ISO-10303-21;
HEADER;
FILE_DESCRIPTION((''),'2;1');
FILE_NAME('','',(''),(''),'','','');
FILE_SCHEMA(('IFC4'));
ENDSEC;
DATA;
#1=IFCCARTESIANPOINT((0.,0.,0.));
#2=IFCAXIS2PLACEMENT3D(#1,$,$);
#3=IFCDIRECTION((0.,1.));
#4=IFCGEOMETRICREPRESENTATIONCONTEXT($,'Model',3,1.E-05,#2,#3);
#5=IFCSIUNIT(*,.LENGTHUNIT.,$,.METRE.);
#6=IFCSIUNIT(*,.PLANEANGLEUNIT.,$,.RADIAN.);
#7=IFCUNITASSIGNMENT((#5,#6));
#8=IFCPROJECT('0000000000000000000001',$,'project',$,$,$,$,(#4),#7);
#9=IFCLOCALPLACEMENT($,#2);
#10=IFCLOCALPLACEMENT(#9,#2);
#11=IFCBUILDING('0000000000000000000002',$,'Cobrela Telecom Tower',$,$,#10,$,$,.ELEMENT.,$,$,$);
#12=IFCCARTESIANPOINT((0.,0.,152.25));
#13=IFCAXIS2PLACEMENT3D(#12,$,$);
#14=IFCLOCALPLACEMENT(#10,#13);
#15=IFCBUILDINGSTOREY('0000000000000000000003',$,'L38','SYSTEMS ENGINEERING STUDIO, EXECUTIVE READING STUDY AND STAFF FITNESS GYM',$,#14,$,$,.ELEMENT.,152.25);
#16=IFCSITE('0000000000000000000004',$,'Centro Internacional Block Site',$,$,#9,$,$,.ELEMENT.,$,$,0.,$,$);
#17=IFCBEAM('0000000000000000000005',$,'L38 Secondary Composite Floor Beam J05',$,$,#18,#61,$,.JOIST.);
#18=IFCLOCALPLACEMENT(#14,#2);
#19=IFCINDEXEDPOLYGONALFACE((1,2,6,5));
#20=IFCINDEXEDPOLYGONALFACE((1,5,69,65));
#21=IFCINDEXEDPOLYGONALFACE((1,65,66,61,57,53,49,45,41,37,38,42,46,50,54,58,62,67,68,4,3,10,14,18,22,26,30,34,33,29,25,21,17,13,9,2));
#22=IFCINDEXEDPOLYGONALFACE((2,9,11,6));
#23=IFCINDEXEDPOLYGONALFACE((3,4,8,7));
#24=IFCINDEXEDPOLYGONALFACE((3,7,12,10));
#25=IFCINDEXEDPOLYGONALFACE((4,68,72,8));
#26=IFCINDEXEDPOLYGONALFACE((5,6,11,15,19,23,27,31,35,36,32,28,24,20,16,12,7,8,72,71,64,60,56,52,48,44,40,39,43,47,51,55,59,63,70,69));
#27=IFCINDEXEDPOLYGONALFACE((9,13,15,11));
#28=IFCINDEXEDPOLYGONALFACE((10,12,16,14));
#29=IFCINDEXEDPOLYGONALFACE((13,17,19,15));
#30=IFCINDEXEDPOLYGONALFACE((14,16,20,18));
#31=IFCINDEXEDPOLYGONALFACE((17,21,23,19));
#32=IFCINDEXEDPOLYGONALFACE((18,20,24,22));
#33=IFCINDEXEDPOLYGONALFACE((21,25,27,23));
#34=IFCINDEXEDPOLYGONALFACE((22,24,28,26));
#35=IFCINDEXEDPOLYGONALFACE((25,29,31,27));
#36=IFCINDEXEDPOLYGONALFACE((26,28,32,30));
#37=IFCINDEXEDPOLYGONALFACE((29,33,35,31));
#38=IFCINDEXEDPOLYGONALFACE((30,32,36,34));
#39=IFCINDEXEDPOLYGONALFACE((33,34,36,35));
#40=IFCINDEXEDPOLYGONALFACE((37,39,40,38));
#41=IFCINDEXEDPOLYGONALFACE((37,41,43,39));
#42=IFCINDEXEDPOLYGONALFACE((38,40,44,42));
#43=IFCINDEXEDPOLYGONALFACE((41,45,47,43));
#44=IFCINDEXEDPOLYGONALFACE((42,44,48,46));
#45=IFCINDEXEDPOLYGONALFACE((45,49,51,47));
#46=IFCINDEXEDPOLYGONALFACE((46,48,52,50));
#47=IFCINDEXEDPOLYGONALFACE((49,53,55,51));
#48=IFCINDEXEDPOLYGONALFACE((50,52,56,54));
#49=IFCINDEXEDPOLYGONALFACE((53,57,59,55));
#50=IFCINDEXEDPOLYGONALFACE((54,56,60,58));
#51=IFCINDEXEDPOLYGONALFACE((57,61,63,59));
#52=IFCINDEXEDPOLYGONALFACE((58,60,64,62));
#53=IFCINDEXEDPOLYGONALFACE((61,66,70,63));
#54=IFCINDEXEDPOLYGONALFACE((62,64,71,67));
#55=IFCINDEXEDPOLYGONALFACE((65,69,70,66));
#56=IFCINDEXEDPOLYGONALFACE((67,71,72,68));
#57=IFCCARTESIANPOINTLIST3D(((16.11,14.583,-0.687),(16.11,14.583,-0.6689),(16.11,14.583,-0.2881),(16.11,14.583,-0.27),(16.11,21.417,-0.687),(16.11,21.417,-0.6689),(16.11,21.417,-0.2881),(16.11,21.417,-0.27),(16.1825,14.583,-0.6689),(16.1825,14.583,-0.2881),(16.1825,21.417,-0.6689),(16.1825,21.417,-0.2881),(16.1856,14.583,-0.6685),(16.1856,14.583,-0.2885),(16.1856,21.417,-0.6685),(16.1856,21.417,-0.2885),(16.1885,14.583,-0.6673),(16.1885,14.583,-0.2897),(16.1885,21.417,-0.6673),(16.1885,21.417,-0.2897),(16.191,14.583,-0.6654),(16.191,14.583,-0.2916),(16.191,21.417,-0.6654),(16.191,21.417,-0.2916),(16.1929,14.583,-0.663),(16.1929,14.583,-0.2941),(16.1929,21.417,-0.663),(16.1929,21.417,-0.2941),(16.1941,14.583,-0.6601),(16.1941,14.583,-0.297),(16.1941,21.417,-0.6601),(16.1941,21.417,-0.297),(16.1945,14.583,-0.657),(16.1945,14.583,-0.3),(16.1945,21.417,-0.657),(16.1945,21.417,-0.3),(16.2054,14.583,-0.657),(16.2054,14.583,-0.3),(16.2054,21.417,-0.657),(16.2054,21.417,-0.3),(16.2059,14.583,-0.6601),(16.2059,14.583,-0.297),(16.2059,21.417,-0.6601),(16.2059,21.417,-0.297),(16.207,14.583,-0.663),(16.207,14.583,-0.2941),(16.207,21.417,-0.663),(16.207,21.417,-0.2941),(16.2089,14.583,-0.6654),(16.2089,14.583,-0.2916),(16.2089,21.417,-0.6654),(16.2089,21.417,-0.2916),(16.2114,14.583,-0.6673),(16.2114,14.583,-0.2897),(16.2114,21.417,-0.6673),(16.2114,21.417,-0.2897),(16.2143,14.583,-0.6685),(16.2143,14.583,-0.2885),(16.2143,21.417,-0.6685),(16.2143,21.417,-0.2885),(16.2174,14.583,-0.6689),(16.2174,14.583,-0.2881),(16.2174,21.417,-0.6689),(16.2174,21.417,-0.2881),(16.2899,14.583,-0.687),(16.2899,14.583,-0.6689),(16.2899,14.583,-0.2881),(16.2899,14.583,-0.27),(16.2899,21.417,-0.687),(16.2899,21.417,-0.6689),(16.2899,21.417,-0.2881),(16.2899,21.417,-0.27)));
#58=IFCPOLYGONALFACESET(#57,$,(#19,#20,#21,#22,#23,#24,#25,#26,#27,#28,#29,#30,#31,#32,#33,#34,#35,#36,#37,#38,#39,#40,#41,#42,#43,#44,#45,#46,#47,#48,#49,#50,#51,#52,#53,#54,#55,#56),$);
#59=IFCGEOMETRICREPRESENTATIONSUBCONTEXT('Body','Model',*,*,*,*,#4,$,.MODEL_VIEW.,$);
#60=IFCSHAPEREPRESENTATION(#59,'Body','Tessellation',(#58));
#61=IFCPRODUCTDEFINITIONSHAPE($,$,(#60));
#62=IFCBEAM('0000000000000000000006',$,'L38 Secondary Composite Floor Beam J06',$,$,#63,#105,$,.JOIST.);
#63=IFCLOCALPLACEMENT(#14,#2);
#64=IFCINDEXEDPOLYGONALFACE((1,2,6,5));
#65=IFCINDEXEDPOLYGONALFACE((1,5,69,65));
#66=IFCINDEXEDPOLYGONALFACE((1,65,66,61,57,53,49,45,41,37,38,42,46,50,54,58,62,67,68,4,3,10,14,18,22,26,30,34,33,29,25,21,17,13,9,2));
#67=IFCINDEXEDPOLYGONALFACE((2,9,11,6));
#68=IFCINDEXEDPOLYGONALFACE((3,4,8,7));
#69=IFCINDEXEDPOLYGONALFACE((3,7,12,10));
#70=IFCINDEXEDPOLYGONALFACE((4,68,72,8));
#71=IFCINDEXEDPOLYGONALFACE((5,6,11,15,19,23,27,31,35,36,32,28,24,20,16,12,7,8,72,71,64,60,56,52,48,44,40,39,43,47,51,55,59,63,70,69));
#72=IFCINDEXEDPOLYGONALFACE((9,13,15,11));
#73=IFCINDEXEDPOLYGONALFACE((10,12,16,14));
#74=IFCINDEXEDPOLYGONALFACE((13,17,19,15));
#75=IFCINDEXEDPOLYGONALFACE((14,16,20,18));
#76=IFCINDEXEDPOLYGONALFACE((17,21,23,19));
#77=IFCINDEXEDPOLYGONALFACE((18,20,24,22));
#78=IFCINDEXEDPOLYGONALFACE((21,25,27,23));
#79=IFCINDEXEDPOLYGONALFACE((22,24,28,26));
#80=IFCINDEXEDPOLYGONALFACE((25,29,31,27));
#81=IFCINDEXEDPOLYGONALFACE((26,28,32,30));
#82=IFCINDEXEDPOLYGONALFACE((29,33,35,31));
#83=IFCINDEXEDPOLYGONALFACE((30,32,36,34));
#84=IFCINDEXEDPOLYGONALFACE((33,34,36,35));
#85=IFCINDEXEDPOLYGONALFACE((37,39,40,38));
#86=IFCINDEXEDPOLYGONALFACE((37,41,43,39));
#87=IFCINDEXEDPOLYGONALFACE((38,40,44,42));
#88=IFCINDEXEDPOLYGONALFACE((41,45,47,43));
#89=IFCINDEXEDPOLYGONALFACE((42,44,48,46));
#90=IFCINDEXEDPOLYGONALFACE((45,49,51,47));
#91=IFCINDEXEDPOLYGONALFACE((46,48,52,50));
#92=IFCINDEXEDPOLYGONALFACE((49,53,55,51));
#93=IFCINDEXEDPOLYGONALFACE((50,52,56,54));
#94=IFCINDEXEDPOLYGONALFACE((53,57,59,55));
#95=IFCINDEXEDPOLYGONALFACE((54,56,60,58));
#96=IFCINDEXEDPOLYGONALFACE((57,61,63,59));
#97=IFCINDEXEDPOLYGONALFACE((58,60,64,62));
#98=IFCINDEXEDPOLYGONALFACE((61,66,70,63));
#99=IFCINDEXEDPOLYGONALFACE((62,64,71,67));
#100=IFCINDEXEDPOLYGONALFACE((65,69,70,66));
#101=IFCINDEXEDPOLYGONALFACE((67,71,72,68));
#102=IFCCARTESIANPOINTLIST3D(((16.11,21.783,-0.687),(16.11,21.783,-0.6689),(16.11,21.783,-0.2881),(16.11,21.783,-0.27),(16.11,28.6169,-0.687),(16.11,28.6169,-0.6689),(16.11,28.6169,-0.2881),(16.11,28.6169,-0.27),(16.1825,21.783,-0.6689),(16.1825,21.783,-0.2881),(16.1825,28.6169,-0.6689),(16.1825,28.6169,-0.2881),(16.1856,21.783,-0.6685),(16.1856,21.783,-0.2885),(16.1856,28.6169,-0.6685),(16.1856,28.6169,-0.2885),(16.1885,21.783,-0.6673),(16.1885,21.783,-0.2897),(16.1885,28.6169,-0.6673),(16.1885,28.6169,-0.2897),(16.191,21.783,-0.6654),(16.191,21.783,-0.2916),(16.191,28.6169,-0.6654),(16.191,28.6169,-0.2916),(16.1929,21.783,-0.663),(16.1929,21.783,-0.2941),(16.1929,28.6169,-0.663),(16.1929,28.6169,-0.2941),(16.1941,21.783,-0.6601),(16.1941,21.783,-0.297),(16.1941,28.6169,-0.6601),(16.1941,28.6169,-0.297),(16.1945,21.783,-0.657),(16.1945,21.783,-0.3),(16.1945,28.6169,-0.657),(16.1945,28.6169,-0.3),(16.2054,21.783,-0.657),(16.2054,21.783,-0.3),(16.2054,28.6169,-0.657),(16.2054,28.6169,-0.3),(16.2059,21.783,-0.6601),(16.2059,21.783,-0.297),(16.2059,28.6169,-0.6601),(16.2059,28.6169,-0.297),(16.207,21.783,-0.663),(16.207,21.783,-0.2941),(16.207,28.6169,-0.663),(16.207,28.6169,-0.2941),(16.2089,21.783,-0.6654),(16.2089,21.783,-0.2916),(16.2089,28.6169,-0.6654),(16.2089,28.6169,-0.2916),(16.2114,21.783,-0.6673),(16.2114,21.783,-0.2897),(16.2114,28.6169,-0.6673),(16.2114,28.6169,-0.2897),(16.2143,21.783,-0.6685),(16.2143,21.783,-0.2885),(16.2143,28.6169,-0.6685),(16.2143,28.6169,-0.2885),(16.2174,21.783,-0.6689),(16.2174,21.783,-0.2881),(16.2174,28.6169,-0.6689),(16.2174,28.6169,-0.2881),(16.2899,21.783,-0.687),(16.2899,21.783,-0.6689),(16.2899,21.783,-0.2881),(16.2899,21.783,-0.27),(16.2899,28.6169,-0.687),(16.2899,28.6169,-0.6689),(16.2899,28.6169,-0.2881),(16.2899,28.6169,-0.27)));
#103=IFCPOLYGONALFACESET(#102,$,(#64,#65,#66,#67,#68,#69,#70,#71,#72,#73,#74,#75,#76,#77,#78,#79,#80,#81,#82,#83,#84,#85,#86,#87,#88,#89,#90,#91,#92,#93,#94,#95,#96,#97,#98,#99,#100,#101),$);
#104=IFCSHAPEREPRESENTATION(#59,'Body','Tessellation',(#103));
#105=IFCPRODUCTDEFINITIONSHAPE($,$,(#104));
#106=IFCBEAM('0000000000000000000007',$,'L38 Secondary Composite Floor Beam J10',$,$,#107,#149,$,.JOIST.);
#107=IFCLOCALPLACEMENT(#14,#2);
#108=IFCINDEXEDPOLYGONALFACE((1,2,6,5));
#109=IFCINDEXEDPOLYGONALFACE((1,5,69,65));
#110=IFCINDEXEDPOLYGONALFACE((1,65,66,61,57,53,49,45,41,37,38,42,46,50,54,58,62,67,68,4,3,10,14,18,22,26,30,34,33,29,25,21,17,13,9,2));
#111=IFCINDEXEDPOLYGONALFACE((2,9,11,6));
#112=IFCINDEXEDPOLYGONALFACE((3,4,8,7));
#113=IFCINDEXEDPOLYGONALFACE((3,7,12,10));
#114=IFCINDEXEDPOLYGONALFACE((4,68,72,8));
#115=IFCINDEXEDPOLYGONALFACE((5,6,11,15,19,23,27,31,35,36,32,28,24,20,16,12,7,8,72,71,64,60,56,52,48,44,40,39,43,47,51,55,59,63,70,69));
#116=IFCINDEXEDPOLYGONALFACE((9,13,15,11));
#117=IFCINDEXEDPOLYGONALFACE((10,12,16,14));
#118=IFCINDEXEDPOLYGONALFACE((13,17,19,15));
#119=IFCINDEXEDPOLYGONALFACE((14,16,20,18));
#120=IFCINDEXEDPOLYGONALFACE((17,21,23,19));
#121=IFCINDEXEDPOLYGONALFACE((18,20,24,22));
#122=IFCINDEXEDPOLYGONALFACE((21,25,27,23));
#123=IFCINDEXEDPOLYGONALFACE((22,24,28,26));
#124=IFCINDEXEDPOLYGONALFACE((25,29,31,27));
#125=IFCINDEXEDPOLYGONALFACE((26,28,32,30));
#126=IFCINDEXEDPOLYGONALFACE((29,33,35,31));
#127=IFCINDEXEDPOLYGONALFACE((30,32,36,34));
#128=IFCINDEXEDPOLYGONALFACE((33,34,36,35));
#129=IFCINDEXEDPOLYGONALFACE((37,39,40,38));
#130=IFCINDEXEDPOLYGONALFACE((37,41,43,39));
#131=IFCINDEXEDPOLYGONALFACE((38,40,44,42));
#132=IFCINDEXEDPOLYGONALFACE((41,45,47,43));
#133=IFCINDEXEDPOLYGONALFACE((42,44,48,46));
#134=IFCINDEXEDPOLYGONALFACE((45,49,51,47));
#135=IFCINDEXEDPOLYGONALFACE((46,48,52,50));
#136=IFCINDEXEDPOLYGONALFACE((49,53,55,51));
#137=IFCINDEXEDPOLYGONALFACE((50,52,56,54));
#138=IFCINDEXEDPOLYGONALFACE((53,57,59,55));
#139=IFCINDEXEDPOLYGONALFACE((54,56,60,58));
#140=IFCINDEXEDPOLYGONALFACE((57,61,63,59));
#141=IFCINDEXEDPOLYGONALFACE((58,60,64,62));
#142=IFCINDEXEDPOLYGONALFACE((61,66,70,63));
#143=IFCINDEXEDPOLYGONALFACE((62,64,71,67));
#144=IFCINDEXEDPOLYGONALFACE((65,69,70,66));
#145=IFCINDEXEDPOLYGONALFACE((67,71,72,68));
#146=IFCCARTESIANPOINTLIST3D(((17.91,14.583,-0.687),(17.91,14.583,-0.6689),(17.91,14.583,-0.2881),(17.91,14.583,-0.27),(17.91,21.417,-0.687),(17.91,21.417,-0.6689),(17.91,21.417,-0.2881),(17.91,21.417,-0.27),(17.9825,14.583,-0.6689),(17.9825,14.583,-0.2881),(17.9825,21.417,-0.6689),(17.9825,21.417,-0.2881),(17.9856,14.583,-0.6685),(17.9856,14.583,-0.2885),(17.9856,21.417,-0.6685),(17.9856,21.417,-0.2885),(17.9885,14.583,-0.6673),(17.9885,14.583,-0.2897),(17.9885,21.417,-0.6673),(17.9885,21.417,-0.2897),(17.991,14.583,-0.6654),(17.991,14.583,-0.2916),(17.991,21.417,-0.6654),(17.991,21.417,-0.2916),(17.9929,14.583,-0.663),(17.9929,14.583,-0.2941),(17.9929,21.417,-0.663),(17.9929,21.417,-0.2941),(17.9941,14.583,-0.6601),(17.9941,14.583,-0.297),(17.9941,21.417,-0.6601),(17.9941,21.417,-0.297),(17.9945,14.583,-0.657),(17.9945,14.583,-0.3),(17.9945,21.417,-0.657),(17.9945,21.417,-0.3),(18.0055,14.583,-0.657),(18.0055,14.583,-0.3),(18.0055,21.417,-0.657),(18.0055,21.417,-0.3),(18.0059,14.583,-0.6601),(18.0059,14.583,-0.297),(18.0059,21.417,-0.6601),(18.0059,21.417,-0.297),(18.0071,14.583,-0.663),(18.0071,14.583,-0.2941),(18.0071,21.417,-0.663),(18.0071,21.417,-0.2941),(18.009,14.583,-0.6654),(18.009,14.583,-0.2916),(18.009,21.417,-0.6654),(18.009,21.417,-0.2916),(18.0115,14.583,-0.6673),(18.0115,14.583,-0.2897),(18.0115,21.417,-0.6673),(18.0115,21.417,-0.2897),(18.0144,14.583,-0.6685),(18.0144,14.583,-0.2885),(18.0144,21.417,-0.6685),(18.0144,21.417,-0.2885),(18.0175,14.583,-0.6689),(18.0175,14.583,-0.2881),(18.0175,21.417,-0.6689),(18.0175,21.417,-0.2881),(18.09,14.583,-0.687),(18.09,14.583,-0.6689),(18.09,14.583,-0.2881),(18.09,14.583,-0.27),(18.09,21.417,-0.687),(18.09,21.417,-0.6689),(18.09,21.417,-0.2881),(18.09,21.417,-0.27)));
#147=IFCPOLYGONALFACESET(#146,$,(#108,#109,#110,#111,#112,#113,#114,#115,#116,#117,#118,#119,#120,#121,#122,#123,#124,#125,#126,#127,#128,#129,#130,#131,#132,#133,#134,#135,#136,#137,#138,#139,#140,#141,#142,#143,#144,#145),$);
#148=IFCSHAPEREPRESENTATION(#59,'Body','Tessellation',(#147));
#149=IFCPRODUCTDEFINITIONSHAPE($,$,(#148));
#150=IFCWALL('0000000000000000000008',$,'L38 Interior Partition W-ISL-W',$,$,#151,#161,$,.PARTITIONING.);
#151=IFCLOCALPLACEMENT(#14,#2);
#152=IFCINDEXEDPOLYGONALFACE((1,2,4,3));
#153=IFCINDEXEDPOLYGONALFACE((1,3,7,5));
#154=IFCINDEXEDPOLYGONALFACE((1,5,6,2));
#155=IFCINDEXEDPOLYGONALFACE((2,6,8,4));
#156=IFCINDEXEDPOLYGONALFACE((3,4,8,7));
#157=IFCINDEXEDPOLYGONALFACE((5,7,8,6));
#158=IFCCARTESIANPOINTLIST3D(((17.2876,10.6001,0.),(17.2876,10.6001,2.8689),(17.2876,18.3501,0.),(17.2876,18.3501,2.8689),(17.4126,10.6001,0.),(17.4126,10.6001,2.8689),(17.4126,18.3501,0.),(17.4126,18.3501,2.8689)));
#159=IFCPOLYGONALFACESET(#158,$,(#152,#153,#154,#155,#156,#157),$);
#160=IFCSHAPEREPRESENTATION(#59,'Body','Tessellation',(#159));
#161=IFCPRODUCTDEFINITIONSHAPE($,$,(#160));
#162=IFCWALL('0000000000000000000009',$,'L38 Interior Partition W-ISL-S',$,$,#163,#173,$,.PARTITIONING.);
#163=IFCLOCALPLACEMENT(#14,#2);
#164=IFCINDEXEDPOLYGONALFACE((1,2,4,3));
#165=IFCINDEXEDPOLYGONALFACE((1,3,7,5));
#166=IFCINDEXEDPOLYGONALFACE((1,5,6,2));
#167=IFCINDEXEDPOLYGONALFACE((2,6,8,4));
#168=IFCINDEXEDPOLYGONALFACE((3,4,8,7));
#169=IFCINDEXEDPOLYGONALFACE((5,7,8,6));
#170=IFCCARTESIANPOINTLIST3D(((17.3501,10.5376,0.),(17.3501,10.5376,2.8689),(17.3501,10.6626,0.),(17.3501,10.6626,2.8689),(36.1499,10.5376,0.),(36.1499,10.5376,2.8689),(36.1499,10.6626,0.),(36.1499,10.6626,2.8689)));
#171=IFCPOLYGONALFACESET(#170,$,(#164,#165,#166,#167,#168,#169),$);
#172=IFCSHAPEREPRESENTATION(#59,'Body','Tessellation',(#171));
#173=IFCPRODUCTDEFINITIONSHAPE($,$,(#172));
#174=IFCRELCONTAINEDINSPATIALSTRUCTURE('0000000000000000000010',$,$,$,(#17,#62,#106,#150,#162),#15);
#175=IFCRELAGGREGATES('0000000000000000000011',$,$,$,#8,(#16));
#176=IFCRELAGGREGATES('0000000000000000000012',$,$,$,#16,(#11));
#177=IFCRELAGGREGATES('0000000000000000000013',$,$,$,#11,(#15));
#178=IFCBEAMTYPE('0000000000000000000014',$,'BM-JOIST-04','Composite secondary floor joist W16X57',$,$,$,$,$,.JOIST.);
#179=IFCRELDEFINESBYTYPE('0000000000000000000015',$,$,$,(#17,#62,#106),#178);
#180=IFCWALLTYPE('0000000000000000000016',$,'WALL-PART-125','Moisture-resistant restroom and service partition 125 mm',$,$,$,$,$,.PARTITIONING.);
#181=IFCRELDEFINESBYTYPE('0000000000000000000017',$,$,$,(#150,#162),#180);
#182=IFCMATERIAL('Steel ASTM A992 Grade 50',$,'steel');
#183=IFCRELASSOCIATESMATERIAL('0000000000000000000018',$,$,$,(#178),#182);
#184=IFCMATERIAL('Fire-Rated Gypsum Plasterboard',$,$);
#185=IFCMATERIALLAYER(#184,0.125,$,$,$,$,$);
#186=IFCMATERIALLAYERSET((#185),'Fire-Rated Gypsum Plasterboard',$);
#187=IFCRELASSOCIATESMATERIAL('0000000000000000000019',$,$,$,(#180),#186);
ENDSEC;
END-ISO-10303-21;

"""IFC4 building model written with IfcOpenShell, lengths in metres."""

from ifc_helpers import new_model, si_unit, direction, frame, frame_2d, origin, origin_2d, place, context, subcontext, project, spatial, rectangle, i_section, extrude, material, layer, layer_set, material_profile, profile_set, type_object, element, save


model = new_model("IFC4")

# Units and contexts
model_context = context("Model", 3, precision=1e-05, world=origin(), true_north=direction((0.0, 1.0)))
body_context = subcontext(model_context, "Body", "Model", "MODEL_VIEW")
ifc_project = project(units=[si_unit("LENGTHUNIT", "METRE"), si_unit("PLANEANGLEUNIT", "RADIAN")], contexts=[model_context])

# Site, building, storey
site_placement = place(None, origin())
site = spatial("IfcSite", under=ifc_project, at=site_placement, Name="Centro Internacional Block Site", CompositionType="ELEMENT", RefElevation=0.0)
building_placement = place(site_placement, origin())
building = spatial("IfcBuilding", under=site, at=building_placement, Name="Cobrela Telecom Tower", CompositionType="ELEMENT")
storey_placement = place(building_placement, frame((0.0, 0.0, 152.25)))
storey = spatial("IfcBuildingStorey", under=building, at=storey_placement, Name="L38", Description="SYSTEMS ENGINEERING STUDIO, EXECUTIVE READING STUDY AND STAFF FITNESS GYM", CompositionType="ELEMENT", Elevation=152.25)

# Beams
ifc_material_1 = material(Name="Steel ASTM A992 Grade 50", Category="steel")
ifc_material_profile_1 = material_profile(ifc_material_1, i_section(OverallWidth=0.1799, OverallDepth=0.417, WebThickness=0.011, FlangeThickness=0.0181, FilletRadius=0.012, at=origin_2d()), Name="W16X57")
ifc_profile_set_1 = profile_set([ifc_material_profile_1], Name="Steel ASTM A992 Grade 50")
beam_type_1 = type_object("IfcBeamType", Name="BM-JOIST-04", Description="Composite secondary floor joist W16X57", PredefinedType="JOIST", material=ifc_profile_set_1)
for number, where, z_axis, x_axis, name in (
    (1, (16.2, 14.583, -0.4785), (0.0, 1.0, 0.0), (-1.0, 0.0, 0.0), "L38 Secondary Composite Floor Beam J05"),
    (2, (16.2, 21.783, -0.4785), (0.0, 1.0, 0.0), (-1.0, 0.0, 0.0), "L38 Secondary Composite Floor Beam J06"),
    (3, (18.0, 14.583, -0.4785), (0.0, 1.0, 0.0), (-1.0, 0.0, 0.0), "L38 Secondary Composite Floor Beam J10"),
):
    element("IfcBeam", number, at=place(storey_placement, frame(where, z_axis=z_axis, x_axis=x_axis)), inside=storey, type_object=beam_type_1, Name=name, PredefinedType="JOIST", context=body_context, shape_type="SweptSolid", body=[
        extrude(i_section(OverallWidth=0.1799, OverallDepth=0.417, WebThickness=0.011, FlangeThickness=0.0181, FilletRadius=0.012, at=origin_2d()), origin(), (0.0, 0.0, 1.0), 6.834),
    ])

# Walls
ifc_material_2 = material(Name="Fire-Rated Gypsum Plasterboard")
ifc_layer_1 = layer(ifc_material_2, 0.125)
ifc_layer_set_1 = layer_set([ifc_layer_1], Name="Fire-Rated Gypsum Plasterboard")
wall_type_1 = type_object("IfcWallType", Name="WALL-PART-125", Description="Moisture-resistant restroom and service partition 125 mm", PredefinedType="PARTITIONING", material=ifc_layer_set_1)
wall_1_placement = place(storey_placement, frame((17.3501, 10.6001, 0.0), z_axis=(0.0, 0.0, 1.0), x_axis=(0.0, 1.0, 0.0)))
element("IfcWall", 4, at=wall_1_placement, inside=storey, type_object=wall_type_1, Name="L38 Interior Partition W-ISL-W", PredefinedType="PARTITIONING", context=body_context, shape_type="SweptSolid", body=[
    extrude(rectangle(XDim=7.75, YDim=0.125, at=frame_2d((3.875, 0.0))), origin(), (0.0, 0.0, 1.0), 2.8689),
])
wall_2_placement = place(storey_placement, frame((17.3501, 10.6001, 0.0), z_axis=(0.0, 0.0, 1.0), x_axis=(1.0, 0.0, 0.0)))
element("IfcWall", 5, at=wall_2_placement, inside=storey, type_object=wall_type_1, Name="L38 Interior Partition W-ISL-S", PredefinedType="PARTITIONING", context=body_context, shape_type="SweptSolid", body=[
    extrude(rectangle(XDim=18.7998, YDim=0.125, at=frame_2d((9.3999, 0.0))), origin(), (0.0, 0.0, 1.0), 2.8689),
])

save(model, "model.ifc")
